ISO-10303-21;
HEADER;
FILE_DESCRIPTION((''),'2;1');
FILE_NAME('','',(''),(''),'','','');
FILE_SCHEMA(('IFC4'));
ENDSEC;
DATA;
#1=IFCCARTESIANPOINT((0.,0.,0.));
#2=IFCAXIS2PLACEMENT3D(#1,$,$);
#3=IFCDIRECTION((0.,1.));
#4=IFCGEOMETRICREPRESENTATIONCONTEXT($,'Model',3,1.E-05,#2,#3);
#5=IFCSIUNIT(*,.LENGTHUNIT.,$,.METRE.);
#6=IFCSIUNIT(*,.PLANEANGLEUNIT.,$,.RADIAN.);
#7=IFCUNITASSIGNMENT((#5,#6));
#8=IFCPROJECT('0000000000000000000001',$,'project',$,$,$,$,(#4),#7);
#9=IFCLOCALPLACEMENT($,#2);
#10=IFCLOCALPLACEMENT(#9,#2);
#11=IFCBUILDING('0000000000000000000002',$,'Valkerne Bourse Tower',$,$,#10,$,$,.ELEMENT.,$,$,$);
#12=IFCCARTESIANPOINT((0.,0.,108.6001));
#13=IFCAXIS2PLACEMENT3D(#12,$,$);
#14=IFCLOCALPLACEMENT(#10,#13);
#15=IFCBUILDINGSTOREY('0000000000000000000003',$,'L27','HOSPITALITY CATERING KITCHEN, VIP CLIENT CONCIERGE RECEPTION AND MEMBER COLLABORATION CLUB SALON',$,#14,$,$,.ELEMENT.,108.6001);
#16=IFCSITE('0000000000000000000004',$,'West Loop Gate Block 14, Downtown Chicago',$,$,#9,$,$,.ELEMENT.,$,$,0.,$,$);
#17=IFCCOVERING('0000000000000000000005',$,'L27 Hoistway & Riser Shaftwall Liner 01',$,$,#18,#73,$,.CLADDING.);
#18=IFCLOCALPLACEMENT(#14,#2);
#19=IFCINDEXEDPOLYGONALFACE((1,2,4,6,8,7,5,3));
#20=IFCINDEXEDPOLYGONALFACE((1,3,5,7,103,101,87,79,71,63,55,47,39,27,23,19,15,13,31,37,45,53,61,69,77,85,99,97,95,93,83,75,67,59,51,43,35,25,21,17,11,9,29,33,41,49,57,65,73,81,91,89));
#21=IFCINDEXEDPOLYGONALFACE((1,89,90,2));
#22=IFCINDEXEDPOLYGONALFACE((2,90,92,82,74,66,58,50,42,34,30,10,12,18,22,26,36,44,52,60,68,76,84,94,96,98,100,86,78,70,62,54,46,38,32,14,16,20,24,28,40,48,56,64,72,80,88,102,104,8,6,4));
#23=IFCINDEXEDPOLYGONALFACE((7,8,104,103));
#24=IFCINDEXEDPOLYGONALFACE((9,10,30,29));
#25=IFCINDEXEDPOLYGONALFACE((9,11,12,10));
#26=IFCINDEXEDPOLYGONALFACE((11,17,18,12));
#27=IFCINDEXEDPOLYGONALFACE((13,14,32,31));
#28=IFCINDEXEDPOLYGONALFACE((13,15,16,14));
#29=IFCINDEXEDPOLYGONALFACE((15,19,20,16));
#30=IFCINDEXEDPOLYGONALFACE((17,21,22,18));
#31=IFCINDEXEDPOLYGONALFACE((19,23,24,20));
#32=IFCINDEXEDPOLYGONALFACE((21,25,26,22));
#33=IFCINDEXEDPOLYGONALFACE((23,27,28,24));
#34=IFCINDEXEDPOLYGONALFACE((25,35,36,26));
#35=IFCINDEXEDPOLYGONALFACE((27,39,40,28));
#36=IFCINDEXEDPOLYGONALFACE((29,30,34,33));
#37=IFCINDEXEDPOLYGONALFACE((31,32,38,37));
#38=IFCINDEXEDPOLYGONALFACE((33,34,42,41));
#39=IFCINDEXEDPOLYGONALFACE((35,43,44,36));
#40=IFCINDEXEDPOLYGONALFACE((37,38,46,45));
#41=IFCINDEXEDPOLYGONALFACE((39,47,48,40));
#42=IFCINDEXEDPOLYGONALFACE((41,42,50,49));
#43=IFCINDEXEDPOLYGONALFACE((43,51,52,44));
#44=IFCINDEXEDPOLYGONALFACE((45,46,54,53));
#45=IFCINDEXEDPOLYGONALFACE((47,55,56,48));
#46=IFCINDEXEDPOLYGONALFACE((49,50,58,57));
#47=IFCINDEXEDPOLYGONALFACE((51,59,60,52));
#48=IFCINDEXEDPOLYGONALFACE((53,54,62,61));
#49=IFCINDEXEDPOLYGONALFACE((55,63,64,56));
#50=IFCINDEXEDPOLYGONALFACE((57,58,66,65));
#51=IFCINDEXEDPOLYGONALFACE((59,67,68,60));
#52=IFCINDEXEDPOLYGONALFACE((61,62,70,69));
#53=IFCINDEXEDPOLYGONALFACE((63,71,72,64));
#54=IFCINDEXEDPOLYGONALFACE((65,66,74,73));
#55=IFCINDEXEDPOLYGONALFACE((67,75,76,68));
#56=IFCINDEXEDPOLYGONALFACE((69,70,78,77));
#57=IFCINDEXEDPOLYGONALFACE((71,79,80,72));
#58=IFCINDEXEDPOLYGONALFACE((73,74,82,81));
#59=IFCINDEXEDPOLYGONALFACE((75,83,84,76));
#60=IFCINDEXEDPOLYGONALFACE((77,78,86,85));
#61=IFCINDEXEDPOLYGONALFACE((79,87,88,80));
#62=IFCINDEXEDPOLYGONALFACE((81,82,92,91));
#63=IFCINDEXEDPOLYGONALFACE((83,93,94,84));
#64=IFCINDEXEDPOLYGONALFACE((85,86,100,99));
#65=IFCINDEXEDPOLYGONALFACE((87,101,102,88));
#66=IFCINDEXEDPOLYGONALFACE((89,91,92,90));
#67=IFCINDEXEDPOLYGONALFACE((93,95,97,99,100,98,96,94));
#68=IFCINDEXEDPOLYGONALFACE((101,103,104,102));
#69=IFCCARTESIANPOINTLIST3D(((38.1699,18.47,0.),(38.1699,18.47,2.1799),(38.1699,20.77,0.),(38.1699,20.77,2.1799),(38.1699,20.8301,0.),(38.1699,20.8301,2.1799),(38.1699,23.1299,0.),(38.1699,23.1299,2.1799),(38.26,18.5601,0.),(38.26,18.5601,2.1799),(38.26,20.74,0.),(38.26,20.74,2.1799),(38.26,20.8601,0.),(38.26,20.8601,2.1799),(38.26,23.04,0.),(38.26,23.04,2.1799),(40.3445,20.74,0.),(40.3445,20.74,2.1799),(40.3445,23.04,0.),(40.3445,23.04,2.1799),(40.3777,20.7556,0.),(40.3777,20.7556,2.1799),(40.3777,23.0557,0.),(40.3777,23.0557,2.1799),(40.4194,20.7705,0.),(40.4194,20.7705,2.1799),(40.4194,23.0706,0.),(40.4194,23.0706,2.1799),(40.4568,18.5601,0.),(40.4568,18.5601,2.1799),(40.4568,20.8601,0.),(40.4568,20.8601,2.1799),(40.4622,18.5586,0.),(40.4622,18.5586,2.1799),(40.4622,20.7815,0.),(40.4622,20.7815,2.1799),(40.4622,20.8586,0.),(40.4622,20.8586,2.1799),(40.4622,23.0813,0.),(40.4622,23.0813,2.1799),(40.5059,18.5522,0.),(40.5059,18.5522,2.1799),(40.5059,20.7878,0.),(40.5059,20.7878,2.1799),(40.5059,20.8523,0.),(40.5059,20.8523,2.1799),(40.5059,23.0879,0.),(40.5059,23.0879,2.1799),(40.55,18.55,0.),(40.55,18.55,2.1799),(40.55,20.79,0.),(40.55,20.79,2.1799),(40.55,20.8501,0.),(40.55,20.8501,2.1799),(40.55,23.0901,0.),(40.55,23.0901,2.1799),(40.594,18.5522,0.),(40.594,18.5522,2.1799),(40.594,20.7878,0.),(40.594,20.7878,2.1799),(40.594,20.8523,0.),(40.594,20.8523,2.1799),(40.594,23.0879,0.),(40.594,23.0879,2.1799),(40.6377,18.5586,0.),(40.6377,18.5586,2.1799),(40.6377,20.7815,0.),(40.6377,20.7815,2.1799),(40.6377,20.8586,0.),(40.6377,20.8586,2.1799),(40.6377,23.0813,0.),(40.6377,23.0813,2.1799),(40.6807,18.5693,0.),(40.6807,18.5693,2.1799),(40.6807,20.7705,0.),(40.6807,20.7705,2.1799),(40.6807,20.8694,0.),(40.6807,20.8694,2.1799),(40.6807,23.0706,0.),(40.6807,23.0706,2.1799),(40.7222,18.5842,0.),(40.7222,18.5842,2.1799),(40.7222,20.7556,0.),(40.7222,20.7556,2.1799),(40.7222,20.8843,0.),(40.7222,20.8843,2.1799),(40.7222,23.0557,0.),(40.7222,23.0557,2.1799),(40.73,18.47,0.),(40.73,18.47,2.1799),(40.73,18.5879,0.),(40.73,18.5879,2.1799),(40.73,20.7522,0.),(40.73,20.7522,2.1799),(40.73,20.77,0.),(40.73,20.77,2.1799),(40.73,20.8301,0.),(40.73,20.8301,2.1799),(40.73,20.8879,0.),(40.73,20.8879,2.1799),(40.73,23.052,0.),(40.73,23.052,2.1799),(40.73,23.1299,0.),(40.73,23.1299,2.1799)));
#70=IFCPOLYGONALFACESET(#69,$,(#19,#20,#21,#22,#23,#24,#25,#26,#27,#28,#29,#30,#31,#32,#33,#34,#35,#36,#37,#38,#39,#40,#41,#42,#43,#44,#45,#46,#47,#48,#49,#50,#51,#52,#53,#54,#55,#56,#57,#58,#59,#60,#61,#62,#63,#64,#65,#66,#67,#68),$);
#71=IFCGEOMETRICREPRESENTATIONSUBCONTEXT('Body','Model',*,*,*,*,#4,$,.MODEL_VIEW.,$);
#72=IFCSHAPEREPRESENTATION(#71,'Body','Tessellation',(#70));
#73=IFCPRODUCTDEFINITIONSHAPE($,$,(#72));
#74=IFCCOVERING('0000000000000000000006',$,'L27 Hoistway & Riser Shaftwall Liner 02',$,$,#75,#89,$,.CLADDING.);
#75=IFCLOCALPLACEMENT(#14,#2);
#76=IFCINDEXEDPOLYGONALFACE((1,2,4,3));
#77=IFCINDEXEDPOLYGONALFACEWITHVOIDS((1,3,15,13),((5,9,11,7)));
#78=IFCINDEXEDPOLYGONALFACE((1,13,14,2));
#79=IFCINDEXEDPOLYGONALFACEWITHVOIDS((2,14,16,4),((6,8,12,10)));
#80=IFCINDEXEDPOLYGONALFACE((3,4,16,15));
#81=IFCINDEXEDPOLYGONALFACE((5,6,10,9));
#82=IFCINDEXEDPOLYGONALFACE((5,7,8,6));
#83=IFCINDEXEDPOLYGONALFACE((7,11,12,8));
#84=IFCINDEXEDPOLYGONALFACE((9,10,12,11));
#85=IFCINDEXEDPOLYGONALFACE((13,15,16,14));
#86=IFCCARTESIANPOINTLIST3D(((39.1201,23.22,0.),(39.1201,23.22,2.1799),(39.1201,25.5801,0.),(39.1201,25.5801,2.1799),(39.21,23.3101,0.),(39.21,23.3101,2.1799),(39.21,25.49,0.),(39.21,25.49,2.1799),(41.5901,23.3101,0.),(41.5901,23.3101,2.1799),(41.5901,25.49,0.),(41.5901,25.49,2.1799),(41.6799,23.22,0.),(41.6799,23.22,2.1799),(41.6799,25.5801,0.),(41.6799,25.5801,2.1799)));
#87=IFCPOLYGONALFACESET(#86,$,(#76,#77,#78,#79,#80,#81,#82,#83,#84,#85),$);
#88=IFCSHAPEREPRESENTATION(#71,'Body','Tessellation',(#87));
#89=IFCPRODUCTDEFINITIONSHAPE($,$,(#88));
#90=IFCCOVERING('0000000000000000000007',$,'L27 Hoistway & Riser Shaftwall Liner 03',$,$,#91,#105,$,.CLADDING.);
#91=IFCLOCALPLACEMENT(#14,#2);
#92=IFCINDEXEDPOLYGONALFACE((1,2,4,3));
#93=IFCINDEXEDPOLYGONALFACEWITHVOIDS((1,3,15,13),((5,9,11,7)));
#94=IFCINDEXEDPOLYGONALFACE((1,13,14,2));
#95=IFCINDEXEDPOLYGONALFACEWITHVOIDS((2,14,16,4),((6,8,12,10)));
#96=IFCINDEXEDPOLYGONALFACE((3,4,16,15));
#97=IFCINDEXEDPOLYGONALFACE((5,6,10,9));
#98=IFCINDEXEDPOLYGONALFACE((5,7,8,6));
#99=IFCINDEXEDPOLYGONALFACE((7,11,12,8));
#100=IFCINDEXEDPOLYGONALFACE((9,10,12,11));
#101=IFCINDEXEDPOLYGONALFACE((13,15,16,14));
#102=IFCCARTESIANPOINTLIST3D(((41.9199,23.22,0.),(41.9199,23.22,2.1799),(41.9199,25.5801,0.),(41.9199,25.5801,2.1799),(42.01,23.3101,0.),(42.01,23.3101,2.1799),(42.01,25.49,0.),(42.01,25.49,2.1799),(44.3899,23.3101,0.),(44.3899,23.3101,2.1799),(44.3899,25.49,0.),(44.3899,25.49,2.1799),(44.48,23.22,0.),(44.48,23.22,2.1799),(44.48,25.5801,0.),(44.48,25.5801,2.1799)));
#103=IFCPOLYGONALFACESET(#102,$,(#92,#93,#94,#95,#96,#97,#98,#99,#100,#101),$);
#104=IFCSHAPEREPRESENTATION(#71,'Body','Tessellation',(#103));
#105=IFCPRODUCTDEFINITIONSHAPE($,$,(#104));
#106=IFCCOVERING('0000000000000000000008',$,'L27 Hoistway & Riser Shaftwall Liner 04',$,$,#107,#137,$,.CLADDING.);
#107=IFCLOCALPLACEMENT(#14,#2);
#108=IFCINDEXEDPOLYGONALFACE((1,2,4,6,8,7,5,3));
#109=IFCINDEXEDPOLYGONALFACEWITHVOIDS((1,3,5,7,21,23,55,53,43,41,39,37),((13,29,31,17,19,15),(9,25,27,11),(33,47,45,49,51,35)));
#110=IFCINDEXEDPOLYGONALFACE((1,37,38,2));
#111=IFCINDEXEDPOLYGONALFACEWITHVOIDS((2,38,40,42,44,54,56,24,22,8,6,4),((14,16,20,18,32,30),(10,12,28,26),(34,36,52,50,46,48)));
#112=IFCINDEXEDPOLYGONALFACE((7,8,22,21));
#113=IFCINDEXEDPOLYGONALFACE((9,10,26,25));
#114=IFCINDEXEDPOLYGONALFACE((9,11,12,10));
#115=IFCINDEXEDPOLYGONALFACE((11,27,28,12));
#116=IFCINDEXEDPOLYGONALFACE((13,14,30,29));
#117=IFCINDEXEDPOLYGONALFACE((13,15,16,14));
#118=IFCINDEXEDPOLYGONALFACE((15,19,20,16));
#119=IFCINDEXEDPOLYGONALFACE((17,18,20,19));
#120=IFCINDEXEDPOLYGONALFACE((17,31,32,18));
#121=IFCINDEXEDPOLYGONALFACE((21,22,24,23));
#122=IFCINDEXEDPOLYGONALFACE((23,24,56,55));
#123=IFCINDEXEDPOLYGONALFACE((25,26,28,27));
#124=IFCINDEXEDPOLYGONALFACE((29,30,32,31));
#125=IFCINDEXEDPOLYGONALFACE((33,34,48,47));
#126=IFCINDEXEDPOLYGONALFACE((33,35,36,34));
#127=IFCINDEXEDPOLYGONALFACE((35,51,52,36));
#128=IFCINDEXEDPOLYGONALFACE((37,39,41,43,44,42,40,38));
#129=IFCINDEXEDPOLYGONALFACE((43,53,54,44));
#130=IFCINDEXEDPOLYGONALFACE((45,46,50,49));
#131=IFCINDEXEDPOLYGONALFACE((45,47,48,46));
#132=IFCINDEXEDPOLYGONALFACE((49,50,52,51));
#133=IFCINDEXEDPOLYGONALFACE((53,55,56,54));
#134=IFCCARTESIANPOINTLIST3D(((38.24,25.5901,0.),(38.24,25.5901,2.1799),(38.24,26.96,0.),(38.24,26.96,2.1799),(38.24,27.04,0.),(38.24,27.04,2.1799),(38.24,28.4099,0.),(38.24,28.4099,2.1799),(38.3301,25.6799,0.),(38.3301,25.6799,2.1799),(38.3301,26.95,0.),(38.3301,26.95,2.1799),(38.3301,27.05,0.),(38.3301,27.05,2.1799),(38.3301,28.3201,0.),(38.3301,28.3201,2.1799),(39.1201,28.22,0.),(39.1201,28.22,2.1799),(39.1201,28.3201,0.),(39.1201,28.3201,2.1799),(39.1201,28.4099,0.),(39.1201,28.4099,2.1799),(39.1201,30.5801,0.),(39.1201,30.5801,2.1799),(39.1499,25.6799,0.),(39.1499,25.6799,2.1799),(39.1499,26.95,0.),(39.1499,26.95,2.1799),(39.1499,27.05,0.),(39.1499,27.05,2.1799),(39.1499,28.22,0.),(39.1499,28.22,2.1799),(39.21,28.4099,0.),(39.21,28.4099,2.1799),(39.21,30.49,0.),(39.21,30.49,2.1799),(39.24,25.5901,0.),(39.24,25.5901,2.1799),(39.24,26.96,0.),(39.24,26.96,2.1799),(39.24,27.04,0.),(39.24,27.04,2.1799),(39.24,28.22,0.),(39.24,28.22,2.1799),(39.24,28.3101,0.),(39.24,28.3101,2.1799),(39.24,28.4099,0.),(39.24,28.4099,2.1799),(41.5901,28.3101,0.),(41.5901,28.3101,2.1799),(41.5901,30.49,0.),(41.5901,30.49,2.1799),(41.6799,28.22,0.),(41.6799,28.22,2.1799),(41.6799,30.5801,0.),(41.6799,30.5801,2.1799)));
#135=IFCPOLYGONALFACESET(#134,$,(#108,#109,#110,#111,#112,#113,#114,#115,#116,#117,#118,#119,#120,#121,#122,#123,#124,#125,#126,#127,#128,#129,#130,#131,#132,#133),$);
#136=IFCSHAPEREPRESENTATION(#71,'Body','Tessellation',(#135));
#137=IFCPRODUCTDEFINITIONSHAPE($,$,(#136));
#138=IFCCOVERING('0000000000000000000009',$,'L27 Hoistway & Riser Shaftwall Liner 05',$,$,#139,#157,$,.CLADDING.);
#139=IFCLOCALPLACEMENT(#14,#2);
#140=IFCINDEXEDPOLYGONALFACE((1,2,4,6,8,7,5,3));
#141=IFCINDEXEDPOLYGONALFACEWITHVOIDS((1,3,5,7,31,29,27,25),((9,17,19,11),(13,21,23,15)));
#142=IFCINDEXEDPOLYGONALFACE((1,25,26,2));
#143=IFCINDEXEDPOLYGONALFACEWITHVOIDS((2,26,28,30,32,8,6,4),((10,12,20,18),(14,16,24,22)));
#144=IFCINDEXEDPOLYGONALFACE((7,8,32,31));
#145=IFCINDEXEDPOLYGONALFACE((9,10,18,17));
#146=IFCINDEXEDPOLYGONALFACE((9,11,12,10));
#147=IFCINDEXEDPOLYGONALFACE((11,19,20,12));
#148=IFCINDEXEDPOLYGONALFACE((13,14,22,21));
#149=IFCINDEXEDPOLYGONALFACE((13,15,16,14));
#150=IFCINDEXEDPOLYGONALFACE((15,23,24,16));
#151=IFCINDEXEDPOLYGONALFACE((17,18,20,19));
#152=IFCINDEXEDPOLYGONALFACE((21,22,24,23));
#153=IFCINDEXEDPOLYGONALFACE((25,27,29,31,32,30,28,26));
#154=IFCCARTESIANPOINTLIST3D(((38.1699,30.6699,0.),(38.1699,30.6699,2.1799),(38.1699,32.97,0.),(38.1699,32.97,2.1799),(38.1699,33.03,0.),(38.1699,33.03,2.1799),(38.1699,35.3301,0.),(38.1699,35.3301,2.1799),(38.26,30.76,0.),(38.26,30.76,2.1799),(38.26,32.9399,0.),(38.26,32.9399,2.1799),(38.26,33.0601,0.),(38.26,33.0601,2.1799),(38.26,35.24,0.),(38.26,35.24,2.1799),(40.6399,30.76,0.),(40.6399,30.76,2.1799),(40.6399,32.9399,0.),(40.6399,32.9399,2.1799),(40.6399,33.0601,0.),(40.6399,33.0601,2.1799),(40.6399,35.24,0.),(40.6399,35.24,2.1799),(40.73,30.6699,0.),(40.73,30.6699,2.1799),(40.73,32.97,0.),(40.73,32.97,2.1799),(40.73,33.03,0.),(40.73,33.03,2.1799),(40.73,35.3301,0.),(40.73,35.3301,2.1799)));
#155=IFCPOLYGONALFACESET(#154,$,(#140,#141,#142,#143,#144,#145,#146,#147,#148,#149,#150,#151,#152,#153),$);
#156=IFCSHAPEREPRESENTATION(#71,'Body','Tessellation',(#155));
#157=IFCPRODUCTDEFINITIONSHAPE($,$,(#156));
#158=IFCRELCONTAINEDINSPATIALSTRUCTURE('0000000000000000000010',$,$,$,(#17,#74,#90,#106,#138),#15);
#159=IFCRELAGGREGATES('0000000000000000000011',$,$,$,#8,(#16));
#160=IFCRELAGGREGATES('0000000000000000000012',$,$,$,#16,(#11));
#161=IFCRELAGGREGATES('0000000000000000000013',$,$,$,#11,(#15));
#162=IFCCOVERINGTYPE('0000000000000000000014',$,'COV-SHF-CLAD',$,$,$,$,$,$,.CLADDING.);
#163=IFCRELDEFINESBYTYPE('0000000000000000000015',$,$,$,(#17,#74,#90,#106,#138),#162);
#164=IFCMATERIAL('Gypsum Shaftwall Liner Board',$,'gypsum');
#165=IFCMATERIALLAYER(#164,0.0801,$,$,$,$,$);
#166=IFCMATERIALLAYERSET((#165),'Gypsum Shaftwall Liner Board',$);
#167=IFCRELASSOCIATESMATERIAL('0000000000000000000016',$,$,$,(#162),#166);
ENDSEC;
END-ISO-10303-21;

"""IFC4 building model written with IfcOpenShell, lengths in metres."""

from ifc_helpers import new_model, si_unit, direction, frame, origin, place, context, subcontext, project, spatial, polyline, outline, extrude, material, layer, layer_set, type_object, element, save


model = new_model("IFC4")

# Units and contexts
model_context = context("Model", 3, precision=1e-05, world=origin(), true_north=direction((0.0, 1.0)))
body_context = subcontext(model_context, "Body", "Model", "MODEL_VIEW")
ifc_project = project(units=[si_unit("LENGTHUNIT", "METRE"), si_unit("PLANEANGLEUNIT", "RADIAN")], contexts=[model_context])

# Site, building, storey
site_placement = place(None, origin())
site = spatial("IfcSite", under=ifc_project, at=site_placement, Name="West Loop Gate Block 14, Downtown Chicago", CompositionType="ELEMENT", RefElevation=0.0)
building_placement = place(site_placement, origin())
building = spatial("IfcBuilding", under=site, at=building_placement, Name="Valkerne Bourse Tower", CompositionType="ELEMENT")
storey_placement = place(building_placement, frame((0.0, 0.0, 108.6001)))
storey = spatial("IfcBuildingStorey", under=building, at=storey_placement, Name="L27", Description="HOSPITALITY CATERING KITCHEN, VIP CLIENT CONCIERGE RECEPTION AND MEMBER COLLABORATION CLUB SALON", CompositionType="ELEMENT", Elevation=108.6001)

# Coverings
ifc_material_1 = material(Name="Gypsum Shaftwall Liner Board", Category="gypsum")
ifc_layer_1 = layer(ifc_material_1, 0.0801)
ifc_layer_set_1 = layer_set([ifc_layer_1], Name="Gypsum Shaftwall Liner Board")
covering_type_1 = type_object("IfcCoveringType", Name="COV-SHF-CLAD", PredefinedType="CLADDING", material=ifc_layer_set_1)
covering_1_placement = place(storey_placement, origin())
element("IfcCovering", 1, at=covering_1_placement, inside=storey, type_object=covering_type_1, Name="L27 Hoistway & Riser Shaftwall Liner 01", PredefinedType="CLADDING", context=body_context, shape_type="SweptSolid", body=[
    extrude(outline(polyline([(38.1699, 23.1299), (40.73, 23.1299), (40.73, 23.052), (40.7222, 23.0557), (40.6807, 23.0706), (40.6377, 23.0813), (40.594, 23.0879), (40.55, 23.0901), (40.5059, 23.0879), (40.4622, 23.0813), (40.4194, 23.0706), (40.3777, 23.0557), (40.3445, 23.04), (38.26, 23.04), (38.26, 20.8601), (40.4568, 20.8601), (40.4622, 20.8586), (40.5059, 20.8523), (40.55, 20.8501), (40.594, 20.8523), (40.6377, 20.8586), (40.6807, 20.8694), (40.7222, 20.8843), (40.73, 20.8879), (40.73, 20.8301), (40.73, 20.77), (40.73, 20.7522), (40.7222, 20.7556), (40.6807, 20.7705), (40.6377, 20.7815), (40.594, 20.7878), (40.55, 20.79), (40.5059, 20.7878), (40.4622, 20.7815), (40.4194, 20.7705), (40.3777, 20.7556), (40.3445, 20.74), (38.26, 20.74), (38.26, 18.5601), (40.4568, 18.5601), (40.4622, 18.5586), (40.5059, 18.5522), (40.55, 18.55), (40.594, 18.5522), (40.6377, 18.5586), (40.6807, 18.5693), (40.7222, 18.5842), (40.73, 18.5879), (40.73, 18.47), (38.1699, 18.47), (38.1699, 20.77), (38.1699, 20.8301), (38.1699, 23.1299)])), origin(), (0.0, 0.0, 1.0), 2.1799),
])
covering_2_placement = place(storey_placement, origin())
element("IfcCovering", 2, at=covering_2_placement, inside=storey, type_object=covering_type_1, Name="L27 Hoistway & Riser Shaftwall Liner 02", PredefinedType="CLADDING", context=body_context, shape_type="SweptSolid", body=[
    extrude(outline(polyline([(41.6799, 23.22), (39.1201, 23.22), (39.1201, 25.5801), (41.6799, 25.5801), (41.6799, 23.22)]), holes=[polyline([(39.21, 25.49), (39.21, 23.3101), (41.5901, 23.3101), (41.5901, 25.49), (39.21, 25.49)])]), origin(), (0.0, 0.0, 1.0), 2.1799),
])
covering_3_placement = place(storey_placement, origin())
element("IfcCovering", 3, at=covering_3_placement, inside=storey, type_object=covering_type_1, Name="L27 Hoistway & Riser Shaftwall Liner 03", PredefinedType="CLADDING", context=body_context, shape_type="SweptSolid", body=[
    extrude(outline(polyline([(44.48, 23.22), (41.9199, 23.22), (41.9199, 25.5801), (44.48, 25.5801), (44.48, 23.22)]), holes=[polyline([(42.01, 25.49), (42.01, 23.3101), (44.3899, 23.3101), (44.3899, 25.49), (42.01, 25.49)])]), origin(), (0.0, 0.0, 1.0), 2.1799),
])
covering_4_placement = place(storey_placement, origin())
element("IfcCovering", 4, at=covering_4_placement, inside=storey, type_object=covering_type_1, Name="L27 Hoistway & Riser Shaftwall Liner 04", PredefinedType="CLADDING", context=body_context, shape_type="SweptSolid", body=[
    extrude(outline(polyline([(38.24, 28.4099), (39.1201, 28.4099), (39.1201, 30.5801), (41.6799, 30.5801), (41.6799, 28.22), (39.24, 28.22), (39.24, 27.04), (39.24, 26.96), (39.24, 25.5901), (38.24, 25.5901), (38.24, 26.96), (38.24, 27.04), (38.24, 28.4099)]), holes=[polyline([(39.21, 30.49), (39.21, 28.4099), (39.24, 28.4099), (39.24, 28.3101), (41.5901, 28.3101), (41.5901, 30.49), (39.21, 30.49)]), polyline([(38.3301, 26.95), (38.3301, 25.6799), (39.1499, 25.6799), (39.1499, 26.95), (38.3301, 26.95)]), polyline([(39.1201, 28.22), (39.1201, 28.3201), (38.3301, 28.3201), (38.3301, 27.05), (39.1499, 27.05), (39.1499, 28.22), (39.1201, 28.22)])]), origin(), (0.0, 0.0, 1.0), 2.1799),
])
covering_5_placement = place(storey_placement, origin())
element("IfcCovering", 5, at=covering_5_placement, inside=storey, type_object=covering_type_1, Name="L27 Hoistway & Riser Shaftwall Liner 05", PredefinedType="CLADDING", context=body_context, shape_type="SweptSolid", body=[
    extrude(outline(polyline([(38.1699, 35.3301), (40.73, 35.3301), (40.73, 33.03), (40.73, 32.97), (40.73, 30.6699), (38.1699, 30.6699), (38.1699, 32.97), (38.1699, 33.03), (38.1699, 35.3301)]), holes=[polyline([(38.26, 32.9399), (38.26, 30.76), (40.6399, 30.76), (40.6399, 32.9399), (38.26, 32.9399)]), polyline([(38.26, 35.24), (38.26, 33.0601), (40.6399, 33.0601), (40.6399, 35.24), (38.26, 35.24)])]), origin(), (0.0, 0.0, 1.0), 2.1799),
])

save(model, "model.ifc")
